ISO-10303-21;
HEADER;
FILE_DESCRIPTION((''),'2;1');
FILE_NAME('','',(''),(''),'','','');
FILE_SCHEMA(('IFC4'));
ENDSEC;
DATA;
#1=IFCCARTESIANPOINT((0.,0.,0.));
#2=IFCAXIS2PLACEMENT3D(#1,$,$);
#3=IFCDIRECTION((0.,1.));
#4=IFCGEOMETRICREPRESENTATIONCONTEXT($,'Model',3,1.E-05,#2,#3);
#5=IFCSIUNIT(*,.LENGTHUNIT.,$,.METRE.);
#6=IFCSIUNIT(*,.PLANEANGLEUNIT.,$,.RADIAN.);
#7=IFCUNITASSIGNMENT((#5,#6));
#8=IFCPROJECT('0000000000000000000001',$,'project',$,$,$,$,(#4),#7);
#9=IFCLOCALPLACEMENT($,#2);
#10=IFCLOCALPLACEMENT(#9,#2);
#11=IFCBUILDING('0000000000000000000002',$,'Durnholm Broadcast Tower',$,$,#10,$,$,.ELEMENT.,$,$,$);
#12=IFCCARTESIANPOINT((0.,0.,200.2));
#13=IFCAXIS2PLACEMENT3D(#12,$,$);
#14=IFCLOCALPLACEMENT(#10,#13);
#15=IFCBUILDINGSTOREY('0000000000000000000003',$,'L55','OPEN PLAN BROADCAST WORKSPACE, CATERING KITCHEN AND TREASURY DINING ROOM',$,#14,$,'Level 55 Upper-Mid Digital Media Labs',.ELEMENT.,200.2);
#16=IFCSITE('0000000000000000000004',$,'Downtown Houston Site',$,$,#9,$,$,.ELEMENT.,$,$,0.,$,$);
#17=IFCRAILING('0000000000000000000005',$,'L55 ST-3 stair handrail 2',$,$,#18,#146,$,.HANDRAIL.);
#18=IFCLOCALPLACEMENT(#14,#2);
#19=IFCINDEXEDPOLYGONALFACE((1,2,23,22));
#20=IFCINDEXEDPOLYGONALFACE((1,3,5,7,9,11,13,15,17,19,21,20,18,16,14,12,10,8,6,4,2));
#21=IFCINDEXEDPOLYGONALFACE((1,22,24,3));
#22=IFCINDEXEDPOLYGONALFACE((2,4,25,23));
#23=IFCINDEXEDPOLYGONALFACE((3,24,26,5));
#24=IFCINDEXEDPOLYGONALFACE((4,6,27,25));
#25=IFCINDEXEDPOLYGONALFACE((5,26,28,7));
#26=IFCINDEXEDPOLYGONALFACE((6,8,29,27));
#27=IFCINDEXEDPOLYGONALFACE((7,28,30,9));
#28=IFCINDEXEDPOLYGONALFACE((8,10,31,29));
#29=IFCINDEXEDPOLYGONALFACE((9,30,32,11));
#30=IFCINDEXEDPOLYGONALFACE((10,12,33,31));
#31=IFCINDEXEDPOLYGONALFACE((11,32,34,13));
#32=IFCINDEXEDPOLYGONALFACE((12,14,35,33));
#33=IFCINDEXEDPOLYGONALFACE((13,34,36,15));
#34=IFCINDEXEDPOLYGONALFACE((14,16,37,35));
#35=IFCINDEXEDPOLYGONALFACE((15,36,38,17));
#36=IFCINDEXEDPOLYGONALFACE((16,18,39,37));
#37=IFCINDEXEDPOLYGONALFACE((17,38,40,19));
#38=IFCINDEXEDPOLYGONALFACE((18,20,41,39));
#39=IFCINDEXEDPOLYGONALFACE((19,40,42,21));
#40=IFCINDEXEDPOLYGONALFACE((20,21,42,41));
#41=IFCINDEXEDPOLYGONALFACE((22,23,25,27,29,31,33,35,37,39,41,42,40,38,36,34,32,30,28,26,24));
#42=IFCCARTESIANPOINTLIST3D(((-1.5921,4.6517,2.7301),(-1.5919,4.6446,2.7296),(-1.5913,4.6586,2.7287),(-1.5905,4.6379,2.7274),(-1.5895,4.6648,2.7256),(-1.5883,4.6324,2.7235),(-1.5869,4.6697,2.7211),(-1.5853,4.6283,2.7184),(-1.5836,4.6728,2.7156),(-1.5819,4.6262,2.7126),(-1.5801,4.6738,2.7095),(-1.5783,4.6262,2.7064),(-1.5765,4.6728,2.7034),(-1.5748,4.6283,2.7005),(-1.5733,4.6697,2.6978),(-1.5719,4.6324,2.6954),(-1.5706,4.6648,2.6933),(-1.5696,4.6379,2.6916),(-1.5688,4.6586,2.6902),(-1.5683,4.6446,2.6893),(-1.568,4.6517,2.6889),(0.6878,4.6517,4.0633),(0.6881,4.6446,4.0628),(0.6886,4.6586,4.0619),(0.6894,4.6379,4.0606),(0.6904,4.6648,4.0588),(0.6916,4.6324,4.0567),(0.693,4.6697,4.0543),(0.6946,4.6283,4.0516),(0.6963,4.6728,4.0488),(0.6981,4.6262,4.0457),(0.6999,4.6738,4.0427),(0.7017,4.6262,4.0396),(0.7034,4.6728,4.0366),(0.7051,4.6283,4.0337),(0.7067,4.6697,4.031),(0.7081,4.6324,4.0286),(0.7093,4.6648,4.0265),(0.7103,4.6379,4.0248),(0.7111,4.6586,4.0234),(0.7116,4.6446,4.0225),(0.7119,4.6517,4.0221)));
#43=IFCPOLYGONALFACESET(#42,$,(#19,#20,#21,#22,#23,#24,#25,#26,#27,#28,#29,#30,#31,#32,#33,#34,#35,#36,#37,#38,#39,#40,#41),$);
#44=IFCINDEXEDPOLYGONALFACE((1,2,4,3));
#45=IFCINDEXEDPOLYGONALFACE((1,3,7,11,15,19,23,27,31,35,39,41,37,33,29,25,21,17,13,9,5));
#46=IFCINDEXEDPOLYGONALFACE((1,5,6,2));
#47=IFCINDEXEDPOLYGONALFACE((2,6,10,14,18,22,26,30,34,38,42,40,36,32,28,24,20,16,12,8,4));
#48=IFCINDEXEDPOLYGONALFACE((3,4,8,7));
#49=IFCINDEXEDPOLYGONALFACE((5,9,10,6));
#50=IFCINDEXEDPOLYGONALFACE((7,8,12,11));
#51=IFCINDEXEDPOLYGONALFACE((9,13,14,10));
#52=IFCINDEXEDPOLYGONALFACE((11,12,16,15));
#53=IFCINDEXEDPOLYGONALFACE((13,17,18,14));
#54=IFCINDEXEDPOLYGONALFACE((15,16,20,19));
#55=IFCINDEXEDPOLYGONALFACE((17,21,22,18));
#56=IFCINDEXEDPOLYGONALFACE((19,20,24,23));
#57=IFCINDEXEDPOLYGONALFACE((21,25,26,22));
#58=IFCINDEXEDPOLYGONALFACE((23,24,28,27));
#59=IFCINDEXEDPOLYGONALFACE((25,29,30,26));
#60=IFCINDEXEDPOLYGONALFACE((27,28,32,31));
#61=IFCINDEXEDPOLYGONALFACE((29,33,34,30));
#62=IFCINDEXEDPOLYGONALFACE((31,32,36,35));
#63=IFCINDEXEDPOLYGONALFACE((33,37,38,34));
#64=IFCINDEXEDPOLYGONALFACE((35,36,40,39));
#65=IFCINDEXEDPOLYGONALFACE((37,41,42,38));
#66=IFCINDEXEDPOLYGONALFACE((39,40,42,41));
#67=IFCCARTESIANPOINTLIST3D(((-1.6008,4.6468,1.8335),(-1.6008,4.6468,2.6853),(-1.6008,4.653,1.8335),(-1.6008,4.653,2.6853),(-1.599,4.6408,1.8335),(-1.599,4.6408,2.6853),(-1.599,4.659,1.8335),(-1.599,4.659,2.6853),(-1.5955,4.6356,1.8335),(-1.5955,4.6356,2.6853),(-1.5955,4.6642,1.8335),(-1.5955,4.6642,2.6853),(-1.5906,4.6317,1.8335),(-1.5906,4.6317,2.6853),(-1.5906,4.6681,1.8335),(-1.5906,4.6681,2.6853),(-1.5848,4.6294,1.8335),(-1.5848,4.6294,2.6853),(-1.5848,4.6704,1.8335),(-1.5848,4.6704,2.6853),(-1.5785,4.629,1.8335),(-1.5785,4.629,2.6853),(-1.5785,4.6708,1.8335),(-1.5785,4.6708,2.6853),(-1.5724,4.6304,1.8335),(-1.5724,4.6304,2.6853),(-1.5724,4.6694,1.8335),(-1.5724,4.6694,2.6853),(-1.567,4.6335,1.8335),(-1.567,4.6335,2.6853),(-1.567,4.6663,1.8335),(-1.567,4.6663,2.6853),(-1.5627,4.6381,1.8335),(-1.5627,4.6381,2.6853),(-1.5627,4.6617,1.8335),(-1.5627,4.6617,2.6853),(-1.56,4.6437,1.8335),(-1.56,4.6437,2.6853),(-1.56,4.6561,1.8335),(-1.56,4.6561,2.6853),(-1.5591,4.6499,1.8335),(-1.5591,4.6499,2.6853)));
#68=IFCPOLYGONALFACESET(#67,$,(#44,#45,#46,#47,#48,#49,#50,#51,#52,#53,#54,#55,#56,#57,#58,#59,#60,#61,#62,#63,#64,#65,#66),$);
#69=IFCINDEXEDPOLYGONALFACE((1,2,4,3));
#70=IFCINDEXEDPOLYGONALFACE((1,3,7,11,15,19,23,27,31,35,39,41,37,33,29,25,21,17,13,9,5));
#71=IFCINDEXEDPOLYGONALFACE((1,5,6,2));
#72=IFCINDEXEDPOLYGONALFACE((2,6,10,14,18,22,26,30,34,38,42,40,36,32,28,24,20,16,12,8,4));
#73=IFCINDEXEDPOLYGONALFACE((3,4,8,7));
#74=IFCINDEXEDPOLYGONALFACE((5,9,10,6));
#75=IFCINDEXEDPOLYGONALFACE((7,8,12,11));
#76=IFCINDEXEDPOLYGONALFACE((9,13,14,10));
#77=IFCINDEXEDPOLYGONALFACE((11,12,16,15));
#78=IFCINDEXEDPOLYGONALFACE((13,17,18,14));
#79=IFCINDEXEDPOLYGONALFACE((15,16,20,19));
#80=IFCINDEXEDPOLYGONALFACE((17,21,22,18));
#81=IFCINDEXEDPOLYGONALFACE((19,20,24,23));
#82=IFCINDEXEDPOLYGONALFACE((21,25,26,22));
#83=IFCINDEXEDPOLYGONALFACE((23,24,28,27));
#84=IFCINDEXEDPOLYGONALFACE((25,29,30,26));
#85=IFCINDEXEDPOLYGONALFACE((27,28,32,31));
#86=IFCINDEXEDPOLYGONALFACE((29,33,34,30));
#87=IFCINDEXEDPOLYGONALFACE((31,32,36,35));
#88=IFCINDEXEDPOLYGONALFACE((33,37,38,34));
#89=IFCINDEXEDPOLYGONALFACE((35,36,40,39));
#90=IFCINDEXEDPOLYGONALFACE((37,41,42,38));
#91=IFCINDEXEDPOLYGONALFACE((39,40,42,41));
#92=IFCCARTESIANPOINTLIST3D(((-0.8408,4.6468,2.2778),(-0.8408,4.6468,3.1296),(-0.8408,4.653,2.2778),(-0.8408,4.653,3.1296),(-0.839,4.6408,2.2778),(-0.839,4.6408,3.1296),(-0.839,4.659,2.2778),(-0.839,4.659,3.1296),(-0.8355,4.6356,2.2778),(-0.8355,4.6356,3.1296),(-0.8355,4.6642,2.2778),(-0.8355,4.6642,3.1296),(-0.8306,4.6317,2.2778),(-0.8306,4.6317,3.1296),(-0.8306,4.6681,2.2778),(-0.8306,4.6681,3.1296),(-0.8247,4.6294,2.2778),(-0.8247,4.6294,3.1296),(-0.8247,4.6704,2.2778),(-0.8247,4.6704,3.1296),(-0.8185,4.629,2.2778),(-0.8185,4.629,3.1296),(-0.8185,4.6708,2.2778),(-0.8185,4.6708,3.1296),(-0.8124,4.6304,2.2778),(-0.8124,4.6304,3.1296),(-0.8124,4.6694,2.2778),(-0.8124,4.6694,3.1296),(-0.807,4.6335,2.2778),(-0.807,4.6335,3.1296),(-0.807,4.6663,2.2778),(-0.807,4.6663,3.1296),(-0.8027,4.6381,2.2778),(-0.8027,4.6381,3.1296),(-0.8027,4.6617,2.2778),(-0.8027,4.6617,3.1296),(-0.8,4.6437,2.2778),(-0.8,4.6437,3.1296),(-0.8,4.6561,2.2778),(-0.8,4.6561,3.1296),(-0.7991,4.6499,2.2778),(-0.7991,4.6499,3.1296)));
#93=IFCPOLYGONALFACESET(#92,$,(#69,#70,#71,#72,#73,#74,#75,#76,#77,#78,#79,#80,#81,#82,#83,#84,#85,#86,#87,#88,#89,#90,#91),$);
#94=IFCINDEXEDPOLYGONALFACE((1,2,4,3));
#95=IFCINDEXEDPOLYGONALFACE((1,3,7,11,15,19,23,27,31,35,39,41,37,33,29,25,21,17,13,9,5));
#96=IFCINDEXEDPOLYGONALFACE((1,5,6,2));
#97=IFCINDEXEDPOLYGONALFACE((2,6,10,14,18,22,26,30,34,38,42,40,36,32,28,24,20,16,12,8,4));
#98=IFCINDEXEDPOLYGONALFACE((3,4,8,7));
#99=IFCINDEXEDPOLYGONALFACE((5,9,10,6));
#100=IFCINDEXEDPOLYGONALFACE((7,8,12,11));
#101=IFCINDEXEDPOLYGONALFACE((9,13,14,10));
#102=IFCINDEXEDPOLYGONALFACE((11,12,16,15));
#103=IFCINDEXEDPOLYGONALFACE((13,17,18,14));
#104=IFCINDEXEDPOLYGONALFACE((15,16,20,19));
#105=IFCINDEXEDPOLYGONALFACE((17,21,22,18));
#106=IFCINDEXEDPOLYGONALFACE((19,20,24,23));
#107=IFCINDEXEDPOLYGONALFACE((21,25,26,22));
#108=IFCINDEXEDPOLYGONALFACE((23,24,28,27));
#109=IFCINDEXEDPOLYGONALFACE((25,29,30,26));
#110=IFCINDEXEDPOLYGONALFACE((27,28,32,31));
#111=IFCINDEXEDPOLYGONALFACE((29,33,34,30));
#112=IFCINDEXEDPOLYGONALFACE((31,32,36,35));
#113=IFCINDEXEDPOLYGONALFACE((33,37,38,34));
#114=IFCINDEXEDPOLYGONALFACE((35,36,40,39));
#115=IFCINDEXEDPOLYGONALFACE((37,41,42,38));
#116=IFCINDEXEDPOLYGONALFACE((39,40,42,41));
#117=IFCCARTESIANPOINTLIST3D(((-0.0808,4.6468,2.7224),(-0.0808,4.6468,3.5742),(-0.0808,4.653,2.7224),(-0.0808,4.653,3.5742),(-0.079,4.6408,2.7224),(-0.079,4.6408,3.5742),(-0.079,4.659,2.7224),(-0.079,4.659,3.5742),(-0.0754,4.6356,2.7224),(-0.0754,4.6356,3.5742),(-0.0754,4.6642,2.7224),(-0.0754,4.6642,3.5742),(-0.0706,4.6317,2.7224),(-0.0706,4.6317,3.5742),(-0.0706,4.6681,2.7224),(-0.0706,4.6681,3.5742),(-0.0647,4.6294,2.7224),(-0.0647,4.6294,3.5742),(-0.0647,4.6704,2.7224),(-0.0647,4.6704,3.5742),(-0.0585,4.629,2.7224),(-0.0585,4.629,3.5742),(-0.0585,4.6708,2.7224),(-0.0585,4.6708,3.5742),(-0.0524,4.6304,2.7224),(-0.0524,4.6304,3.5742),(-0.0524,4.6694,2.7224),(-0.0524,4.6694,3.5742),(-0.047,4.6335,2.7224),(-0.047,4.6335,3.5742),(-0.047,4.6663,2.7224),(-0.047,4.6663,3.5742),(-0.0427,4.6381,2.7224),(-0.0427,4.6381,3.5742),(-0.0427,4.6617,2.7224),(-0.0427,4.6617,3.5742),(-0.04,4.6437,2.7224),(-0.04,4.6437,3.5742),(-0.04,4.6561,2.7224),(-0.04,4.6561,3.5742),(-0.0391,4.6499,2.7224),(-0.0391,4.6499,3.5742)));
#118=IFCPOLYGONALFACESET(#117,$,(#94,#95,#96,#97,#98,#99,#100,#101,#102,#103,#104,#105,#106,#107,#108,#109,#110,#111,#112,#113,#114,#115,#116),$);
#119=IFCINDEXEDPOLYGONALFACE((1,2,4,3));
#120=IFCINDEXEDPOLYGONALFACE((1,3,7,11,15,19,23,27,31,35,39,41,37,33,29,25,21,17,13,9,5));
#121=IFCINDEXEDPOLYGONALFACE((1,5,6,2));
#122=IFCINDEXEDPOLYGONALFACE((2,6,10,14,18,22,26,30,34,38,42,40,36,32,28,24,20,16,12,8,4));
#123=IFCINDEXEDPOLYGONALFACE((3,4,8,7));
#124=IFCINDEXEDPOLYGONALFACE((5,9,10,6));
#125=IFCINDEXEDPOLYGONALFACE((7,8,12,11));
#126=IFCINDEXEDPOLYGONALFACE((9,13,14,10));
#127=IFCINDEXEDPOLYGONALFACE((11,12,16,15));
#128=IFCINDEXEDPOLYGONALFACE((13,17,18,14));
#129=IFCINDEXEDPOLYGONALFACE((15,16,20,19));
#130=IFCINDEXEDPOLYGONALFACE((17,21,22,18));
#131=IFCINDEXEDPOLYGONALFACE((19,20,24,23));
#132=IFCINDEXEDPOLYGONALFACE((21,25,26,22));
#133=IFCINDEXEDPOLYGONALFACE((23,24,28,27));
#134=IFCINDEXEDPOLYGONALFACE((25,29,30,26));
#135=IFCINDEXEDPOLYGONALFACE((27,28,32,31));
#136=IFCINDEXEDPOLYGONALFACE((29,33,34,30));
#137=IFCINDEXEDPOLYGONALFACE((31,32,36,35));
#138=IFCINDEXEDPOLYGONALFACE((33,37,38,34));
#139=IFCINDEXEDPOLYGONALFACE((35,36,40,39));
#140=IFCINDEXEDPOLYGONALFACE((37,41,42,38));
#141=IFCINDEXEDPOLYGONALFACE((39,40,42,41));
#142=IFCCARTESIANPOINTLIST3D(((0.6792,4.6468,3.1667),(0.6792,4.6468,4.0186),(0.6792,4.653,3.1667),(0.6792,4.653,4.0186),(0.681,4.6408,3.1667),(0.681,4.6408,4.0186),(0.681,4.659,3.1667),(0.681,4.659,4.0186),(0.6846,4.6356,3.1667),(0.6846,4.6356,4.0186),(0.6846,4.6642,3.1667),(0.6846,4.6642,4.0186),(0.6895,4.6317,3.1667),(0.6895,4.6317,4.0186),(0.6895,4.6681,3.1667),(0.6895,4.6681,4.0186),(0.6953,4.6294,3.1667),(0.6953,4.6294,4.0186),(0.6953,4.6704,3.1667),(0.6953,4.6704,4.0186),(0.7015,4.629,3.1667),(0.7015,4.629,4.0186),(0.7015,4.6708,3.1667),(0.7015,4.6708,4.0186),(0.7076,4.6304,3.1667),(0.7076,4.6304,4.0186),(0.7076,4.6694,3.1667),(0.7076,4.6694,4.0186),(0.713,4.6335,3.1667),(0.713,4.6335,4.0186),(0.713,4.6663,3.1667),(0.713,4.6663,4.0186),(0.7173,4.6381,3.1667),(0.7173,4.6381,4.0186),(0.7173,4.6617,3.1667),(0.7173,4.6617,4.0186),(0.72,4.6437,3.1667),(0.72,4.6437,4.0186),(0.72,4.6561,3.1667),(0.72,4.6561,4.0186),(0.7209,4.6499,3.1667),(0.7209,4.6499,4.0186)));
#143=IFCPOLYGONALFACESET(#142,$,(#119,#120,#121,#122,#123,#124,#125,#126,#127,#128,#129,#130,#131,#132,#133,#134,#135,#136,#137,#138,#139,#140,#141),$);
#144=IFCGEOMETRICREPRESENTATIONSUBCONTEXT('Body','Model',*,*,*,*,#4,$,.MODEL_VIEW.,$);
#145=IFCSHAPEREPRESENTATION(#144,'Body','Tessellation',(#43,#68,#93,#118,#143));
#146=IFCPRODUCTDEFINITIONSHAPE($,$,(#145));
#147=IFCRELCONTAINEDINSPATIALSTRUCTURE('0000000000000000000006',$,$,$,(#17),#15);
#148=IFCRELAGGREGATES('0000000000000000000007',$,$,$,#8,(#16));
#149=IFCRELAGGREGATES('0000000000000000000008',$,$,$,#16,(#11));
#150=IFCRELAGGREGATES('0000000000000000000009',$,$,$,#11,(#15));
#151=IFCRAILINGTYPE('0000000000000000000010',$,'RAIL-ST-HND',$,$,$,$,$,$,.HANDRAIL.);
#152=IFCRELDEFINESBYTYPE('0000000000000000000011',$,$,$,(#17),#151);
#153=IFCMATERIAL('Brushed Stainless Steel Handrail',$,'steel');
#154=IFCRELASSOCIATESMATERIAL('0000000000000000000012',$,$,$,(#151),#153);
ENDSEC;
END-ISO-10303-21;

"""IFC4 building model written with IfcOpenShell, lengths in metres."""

from ifc_helpers import new_model, si_unit, direction, frame, origin, origin_2d, place, context, subcontext, project, spatial, circle, extrude, material, type_object, element, save


model = new_model("IFC4")

# Units and contexts
model_context = context("Model", 3, precision=1e-05, world=origin(), true_north=direction((0.0, 1.0)))
body_context = subcontext(model_context, "Body", "Model", "MODEL_VIEW")
ifc_project = project(units=[si_unit("LENGTHUNIT", "METRE"), si_unit("PLANEANGLEUNIT", "RADIAN")], contexts=[model_context])

# Site, building, storey
site_placement = place(None, origin())
site = spatial("IfcSite", under=ifc_project, at=site_placement, Name="Downtown Houston Site", CompositionType="ELEMENT", RefElevation=0.0)
building_placement = place(site_placement, origin())
building = spatial("IfcBuilding", under=site, at=building_placement, Name="Durnholm Broadcast Tower", CompositionType="ELEMENT")
storey_placement = place(building_placement, frame((0.0, 0.0, 200.2)))
storey = spatial("IfcBuildingStorey", under=building, at=storey_placement, Name="L55", Description="OPEN PLAN BROADCAST WORKSPACE, CATERING KITCHEN AND TREASURY DINING ROOM", LongName="Level 55 Upper-Mid Digital Media Labs", CompositionType="ELEMENT", Elevation=200.2)

# Railing
ifc_material_1 = material(Name="Brushed Stainless Steel Handrail", Category="steel")
railing_type_1 = type_object("IfcRailingType", Name="RAIL-ST-HND", PredefinedType="HANDRAIL", material=ifc_material_1)
railing_1_placement = place(storey_placement, frame((-1.5801, 4.6499, 1.8335)))
element("IfcRailing", 1, at=railing_1_placement, inside=storey, type_object=railing_type_1, Name="L55 ST-3 stair handrail 2", PredefinedType="HANDRAIL", context=body_context, shape_type="SweptSolid", body=[
    extrude(circle(Radius=0.0239, at=origin_2d()), frame((0.0, 0.0, 0.876), z_axis=(0.863245, 0.0, 0.504785), x_axis=(0.0, 1.0, 0.0)), (0.0, 0.0, 1.0), 2.6411),
    extrude(circle(Radius=0.021, at=origin_2d()), origin(), (0.0, 0.0, 1.0), 0.8518),
    extrude(circle(Radius=0.021, at=origin_2d()), frame((0.76, 0.0, 0.4443)), (0.0, 0.0, 1.0), 0.8518),
    extrude(circle(Radius=0.021, at=origin_2d()), frame((1.52, 0.0, 0.8889)), (0.0, 0.0, 1.0), 0.8518),
    extrude(circle(Radius=0.021, at=origin_2d()), frame((2.28, 0.0, 1.3333)), (0.0, 0.0, 1.0), 0.8518),
])

save(model, "model.ifc")
